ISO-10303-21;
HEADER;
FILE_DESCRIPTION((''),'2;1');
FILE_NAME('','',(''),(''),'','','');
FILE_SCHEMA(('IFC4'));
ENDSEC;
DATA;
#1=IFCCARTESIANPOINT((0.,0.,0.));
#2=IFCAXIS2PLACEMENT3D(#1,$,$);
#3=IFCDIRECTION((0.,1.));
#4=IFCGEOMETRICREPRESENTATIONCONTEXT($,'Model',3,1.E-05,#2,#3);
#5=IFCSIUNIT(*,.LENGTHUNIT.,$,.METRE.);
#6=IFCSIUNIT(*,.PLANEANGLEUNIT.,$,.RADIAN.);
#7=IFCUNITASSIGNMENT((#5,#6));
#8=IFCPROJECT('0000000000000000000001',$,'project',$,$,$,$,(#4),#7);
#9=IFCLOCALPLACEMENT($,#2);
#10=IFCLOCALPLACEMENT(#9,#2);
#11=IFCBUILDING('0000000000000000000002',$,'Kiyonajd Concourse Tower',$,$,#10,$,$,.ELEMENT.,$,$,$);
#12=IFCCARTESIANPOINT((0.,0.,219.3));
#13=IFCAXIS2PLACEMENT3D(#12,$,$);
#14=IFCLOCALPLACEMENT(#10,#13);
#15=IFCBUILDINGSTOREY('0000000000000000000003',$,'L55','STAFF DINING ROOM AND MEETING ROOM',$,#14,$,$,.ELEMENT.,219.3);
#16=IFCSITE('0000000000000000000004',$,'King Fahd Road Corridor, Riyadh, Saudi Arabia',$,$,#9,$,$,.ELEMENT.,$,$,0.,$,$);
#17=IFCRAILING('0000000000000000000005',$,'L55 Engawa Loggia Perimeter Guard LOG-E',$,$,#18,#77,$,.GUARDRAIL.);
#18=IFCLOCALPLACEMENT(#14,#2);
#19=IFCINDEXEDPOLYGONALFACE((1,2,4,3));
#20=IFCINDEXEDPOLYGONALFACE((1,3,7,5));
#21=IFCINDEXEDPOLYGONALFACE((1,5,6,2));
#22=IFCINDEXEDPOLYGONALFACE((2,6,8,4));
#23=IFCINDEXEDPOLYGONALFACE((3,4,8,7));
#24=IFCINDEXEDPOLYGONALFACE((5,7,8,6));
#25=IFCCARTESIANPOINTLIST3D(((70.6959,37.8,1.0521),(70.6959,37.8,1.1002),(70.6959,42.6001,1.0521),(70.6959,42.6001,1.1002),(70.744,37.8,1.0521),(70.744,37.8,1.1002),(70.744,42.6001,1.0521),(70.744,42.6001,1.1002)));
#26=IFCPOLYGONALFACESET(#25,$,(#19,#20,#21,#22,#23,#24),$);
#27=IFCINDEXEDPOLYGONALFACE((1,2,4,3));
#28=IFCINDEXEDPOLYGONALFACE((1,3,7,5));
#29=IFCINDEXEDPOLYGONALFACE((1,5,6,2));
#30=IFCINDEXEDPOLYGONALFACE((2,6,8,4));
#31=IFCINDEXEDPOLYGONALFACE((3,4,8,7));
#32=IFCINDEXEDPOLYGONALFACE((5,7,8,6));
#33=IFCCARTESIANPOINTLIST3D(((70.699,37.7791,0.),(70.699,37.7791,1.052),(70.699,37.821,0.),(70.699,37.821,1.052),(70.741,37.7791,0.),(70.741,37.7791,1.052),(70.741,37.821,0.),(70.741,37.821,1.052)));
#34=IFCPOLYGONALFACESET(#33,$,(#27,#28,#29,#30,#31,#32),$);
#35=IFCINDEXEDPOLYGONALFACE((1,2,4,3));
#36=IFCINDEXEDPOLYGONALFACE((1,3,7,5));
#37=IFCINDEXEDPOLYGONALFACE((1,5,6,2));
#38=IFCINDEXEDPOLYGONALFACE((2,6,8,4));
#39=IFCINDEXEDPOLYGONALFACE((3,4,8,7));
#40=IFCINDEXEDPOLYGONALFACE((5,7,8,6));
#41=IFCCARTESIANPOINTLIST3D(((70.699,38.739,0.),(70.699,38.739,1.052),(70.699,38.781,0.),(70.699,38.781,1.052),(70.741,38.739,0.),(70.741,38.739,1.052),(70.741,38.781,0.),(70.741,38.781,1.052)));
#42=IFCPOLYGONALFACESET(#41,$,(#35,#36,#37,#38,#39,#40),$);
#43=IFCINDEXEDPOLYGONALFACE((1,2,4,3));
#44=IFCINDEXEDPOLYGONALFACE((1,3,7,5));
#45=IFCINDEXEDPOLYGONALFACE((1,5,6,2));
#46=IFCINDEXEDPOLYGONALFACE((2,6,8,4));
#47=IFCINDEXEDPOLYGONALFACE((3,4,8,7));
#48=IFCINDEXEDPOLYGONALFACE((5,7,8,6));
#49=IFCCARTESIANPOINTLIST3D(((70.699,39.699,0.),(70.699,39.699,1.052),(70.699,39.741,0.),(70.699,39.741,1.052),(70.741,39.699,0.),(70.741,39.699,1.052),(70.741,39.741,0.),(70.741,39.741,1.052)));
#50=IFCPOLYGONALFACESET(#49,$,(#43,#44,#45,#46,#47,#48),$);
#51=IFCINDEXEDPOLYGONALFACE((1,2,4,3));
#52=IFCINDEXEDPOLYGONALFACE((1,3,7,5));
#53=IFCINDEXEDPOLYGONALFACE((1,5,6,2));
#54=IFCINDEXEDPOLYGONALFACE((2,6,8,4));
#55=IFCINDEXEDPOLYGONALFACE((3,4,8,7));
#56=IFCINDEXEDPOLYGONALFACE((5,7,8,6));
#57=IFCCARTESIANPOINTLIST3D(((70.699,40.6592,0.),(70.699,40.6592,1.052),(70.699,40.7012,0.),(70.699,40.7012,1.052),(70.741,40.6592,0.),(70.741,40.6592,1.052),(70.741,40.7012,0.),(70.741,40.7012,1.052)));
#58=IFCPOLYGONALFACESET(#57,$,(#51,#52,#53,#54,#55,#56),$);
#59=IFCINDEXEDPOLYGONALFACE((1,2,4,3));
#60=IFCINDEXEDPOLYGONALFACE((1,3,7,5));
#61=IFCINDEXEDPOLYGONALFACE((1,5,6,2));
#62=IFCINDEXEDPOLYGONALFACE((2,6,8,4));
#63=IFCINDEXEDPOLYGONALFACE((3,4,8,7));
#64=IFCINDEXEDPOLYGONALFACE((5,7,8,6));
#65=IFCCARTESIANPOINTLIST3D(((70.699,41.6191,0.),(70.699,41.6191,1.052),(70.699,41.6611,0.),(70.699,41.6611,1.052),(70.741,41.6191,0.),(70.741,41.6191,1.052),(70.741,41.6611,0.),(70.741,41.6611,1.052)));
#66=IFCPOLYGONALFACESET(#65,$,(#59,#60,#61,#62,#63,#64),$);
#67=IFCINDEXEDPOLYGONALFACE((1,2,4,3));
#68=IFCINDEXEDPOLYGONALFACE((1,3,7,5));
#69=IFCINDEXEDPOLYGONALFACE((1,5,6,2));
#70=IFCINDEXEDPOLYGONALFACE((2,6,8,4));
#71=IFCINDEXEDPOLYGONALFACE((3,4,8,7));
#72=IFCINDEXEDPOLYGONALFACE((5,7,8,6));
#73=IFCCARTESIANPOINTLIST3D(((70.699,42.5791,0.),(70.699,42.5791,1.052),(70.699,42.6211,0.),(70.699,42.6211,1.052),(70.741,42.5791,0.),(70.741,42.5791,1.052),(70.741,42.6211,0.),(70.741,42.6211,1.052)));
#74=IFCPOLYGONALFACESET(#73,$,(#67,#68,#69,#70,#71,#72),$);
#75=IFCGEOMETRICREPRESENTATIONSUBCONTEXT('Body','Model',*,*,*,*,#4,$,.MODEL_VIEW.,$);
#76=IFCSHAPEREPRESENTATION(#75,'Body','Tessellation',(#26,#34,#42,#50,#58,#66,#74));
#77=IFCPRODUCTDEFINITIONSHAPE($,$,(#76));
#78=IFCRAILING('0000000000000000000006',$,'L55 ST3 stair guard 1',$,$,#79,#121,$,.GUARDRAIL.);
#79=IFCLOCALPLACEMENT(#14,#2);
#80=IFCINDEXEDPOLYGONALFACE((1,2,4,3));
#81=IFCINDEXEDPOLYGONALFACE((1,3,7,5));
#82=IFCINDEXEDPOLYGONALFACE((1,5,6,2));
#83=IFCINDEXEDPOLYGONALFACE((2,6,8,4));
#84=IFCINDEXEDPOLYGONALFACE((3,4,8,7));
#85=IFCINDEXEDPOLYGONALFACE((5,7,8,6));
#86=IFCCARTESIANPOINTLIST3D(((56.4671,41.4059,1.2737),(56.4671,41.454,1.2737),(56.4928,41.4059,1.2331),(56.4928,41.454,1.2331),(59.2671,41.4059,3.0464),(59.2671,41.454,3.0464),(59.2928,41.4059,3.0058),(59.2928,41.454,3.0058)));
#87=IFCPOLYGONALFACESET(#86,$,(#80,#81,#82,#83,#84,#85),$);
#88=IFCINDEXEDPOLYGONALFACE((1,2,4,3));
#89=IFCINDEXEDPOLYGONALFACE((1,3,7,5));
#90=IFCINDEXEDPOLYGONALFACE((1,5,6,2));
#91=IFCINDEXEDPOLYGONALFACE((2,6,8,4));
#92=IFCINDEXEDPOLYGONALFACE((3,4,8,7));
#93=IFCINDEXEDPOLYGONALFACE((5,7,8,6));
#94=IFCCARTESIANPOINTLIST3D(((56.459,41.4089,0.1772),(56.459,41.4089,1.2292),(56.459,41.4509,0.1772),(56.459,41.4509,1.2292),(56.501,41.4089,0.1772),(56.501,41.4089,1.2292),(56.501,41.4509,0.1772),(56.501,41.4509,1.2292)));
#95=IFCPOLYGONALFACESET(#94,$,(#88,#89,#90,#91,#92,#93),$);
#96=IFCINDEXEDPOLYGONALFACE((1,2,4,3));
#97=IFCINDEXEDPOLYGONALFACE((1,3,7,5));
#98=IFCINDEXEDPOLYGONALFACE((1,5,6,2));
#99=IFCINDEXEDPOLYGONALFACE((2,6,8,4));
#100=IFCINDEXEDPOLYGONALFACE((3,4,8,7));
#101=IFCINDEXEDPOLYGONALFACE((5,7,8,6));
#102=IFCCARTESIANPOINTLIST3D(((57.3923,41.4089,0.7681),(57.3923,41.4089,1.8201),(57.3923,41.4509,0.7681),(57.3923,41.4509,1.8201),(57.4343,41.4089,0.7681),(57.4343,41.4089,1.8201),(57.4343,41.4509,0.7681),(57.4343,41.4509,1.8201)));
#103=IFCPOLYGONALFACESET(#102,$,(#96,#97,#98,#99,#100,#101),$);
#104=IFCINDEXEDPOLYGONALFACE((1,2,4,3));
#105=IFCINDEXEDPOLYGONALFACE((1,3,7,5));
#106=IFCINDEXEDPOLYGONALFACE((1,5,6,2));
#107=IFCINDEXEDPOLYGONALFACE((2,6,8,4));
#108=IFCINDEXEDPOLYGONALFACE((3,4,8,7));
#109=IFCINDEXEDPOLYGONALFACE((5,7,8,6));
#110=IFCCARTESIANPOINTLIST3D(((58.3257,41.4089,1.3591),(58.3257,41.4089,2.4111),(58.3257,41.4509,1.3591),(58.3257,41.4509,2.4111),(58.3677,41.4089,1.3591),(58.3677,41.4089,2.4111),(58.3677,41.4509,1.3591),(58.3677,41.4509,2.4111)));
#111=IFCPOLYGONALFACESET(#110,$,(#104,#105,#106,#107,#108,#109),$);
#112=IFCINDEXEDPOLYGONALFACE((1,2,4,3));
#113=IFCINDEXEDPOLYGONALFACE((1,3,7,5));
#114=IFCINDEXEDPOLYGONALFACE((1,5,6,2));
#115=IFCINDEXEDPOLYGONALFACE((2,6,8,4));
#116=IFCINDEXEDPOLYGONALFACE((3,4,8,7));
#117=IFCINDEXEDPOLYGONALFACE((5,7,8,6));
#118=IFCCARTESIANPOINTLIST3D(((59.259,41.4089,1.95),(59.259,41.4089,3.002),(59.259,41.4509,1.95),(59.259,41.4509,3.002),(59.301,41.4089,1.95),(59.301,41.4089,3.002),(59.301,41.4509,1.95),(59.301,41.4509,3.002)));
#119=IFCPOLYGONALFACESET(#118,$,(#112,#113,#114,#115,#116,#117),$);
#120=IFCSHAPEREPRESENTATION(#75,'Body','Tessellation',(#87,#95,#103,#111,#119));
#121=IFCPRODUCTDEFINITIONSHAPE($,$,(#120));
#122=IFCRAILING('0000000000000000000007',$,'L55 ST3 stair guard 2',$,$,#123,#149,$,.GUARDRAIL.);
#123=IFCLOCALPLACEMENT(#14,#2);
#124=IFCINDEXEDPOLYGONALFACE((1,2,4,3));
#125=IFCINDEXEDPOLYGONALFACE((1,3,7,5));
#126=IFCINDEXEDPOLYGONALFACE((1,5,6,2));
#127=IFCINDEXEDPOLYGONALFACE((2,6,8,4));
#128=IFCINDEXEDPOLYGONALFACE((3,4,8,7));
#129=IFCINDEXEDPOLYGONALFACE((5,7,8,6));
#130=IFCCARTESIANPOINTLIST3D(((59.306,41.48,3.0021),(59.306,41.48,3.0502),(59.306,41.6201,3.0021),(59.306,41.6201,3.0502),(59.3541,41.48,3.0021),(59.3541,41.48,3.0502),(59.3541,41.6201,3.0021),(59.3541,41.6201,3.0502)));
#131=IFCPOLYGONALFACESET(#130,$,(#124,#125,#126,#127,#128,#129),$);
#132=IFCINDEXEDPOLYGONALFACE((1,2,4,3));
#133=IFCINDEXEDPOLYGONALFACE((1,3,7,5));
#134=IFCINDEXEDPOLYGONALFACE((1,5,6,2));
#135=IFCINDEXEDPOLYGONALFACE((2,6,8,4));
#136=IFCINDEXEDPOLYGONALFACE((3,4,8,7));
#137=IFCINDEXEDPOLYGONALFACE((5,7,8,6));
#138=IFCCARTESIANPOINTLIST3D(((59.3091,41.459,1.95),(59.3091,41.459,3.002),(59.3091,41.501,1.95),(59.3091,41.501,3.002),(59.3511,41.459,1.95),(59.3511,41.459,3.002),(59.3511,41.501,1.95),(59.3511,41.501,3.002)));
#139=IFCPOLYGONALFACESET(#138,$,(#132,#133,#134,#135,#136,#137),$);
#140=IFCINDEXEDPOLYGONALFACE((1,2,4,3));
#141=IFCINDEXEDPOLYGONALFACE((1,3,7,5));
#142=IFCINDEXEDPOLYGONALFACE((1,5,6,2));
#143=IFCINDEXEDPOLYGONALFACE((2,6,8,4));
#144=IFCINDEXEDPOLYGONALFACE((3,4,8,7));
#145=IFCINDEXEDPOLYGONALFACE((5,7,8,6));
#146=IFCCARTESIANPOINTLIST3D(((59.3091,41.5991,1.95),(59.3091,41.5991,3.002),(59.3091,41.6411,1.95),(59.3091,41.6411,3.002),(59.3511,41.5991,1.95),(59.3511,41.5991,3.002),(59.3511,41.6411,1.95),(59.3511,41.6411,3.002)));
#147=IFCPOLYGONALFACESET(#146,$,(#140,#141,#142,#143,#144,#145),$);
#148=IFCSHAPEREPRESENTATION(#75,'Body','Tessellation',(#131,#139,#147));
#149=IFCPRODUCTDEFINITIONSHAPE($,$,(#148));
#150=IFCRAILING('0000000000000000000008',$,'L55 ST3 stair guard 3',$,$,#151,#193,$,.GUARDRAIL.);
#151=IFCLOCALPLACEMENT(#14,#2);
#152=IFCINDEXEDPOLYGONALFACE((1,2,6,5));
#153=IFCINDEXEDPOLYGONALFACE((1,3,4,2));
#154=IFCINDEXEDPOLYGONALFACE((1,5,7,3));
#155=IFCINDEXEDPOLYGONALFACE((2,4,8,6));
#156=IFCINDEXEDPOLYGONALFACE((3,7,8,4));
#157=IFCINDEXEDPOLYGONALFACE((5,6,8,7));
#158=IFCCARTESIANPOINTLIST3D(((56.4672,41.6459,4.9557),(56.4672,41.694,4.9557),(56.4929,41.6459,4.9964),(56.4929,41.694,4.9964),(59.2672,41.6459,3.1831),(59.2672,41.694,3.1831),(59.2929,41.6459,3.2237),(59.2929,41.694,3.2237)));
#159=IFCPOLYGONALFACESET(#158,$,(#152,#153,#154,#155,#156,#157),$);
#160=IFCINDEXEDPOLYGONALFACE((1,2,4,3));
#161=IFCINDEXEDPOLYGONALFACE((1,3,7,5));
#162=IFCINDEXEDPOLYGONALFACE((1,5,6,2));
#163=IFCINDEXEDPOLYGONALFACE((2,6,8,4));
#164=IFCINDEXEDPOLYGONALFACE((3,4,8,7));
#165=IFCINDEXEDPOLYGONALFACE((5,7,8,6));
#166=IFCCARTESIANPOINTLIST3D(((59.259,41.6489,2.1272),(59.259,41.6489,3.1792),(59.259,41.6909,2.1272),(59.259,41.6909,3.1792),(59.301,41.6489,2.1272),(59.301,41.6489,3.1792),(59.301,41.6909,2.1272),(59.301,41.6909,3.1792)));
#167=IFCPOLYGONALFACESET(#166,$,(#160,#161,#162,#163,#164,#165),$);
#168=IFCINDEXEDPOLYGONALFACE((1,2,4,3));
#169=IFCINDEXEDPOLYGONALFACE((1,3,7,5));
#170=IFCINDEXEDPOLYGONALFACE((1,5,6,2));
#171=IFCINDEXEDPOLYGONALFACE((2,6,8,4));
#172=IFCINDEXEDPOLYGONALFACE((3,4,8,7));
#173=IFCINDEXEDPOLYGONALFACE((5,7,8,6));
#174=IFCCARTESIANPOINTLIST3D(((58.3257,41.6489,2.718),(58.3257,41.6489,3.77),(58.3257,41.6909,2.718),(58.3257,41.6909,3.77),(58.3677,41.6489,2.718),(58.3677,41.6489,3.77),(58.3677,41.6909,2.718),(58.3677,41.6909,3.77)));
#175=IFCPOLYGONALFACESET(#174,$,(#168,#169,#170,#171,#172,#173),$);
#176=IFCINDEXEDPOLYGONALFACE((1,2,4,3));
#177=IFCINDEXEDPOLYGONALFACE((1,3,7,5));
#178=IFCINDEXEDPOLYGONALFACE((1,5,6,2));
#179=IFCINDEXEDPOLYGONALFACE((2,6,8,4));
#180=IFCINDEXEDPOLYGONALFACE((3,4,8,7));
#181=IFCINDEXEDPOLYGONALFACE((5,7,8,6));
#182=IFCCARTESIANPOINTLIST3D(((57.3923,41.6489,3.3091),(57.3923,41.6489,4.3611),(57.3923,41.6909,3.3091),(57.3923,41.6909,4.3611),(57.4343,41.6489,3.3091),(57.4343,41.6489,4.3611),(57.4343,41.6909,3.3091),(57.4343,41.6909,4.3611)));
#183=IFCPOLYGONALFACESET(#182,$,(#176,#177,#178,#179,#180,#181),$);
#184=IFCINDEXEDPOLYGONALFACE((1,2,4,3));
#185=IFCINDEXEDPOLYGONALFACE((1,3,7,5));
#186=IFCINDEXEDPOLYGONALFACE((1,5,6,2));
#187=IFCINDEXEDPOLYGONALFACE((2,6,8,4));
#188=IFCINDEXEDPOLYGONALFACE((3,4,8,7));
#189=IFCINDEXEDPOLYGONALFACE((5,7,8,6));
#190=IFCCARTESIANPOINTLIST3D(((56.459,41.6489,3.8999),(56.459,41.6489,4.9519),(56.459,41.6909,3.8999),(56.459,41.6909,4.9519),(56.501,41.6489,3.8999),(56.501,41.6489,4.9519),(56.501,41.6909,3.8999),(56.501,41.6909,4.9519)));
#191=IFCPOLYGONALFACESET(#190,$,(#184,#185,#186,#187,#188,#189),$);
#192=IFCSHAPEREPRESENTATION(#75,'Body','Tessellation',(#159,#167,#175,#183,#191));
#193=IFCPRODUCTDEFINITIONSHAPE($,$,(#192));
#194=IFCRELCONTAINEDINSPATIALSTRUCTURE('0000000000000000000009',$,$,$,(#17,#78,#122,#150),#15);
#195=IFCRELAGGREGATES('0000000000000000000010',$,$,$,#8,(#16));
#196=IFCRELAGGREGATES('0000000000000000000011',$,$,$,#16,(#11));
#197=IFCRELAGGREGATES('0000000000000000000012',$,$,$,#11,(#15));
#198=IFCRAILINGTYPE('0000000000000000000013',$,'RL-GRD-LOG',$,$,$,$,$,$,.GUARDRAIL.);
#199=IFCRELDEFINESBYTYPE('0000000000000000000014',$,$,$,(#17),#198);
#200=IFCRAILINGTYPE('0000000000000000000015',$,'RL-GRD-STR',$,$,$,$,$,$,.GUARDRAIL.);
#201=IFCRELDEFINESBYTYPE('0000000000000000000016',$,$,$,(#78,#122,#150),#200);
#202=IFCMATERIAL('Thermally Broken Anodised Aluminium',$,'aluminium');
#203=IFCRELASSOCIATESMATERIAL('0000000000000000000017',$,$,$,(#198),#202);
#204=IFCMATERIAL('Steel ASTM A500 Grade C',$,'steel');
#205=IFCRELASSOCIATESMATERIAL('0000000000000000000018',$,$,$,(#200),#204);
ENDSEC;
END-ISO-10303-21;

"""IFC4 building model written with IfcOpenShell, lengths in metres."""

from ifc_helpers import new_model, si_unit, direction, frame, origin, origin_2d, place, context, subcontext, project, spatial, rectangle, extrude, material, type_object, element, save


model = new_model("IFC4")

# Units and contexts
model_context = context("Model", 3, precision=1e-05, world=origin(), true_north=direction((0.0, 1.0)))
body_context = subcontext(model_context, "Body", "Model", "MODEL_VIEW")
ifc_project = project(units=[si_unit("LENGTHUNIT", "METRE"), si_unit("PLANEANGLEUNIT", "RADIAN")], contexts=[model_context])

# Site, building, storey
site_placement = place(None, origin())
site = spatial("IfcSite", under=ifc_project, at=site_placement, Name="King Fahd Road Corridor, Riyadh, Saudi Arabia", CompositionType="ELEMENT", RefElevation=0.0)
building_placement = place(site_placement, origin())
building = spatial("IfcBuilding", under=site, at=building_placement, Name="Kiyonajd Concourse Tower", CompositionType="ELEMENT")
storey_placement = place(building_placement, frame((0.0, 0.0, 219.3)))
storey = spatial("IfcBuildingStorey", under=building, at=storey_placement, Name="L55", Description="STAFF DINING ROOM AND MEETING ROOM", CompositionType="ELEMENT", Elevation=219.3)

# Shared definitions
ifc_material_1 = material(Name="Thermally Broken Anodised Aluminium", Category="aluminium")

# Railings
railing_type_1 = type_object("IfcRailingType", Name="RL-GRD-LOG", PredefinedType="GUARDRAIL", material=ifc_material_1)
railing_1_placement = place(storey_placement, frame((70.72, 37.8, 0.0)))
element("IfcRailing", 1, at=railing_1_placement, inside=storey, type_object=railing_type_1, Name="L55 Engawa Loggia Perimeter Guard LOG-E", PredefinedType="GUARDRAIL", context=body_context, shape_type="SweptSolid", body=[
    extrude(rectangle(XDim=0.0481, YDim=0.0481, at=origin_2d()), frame((0.0, 0.0, 1.0762), z_axis=(0.0, 1.0, 0.0), x_axis=(-1.0, 0.0, 0.0)), (0.0, 0.0, 1.0), 4.8),
    extrude(rectangle(XDim=0.042, YDim=0.042, at=origin_2d()), origin(), (0.0, 0.0, 1.0), 1.052),
    extrude(rectangle(XDim=0.042, YDim=0.042, at=origin_2d()), frame((0.0, 0.96, 0.0)), (0.0, 0.0, 1.0), 1.052),
    extrude(rectangle(XDim=0.042, YDim=0.042, at=origin_2d()), frame((0.0, 1.9199, 0.0)), (0.0, 0.0, 1.0), 1.052),
    extrude(rectangle(XDim=0.042, YDim=0.042, at=origin_2d()), frame((0.0, 2.8801, 0.0)), (0.0, 0.0, 1.0), 1.052),
    extrude(rectangle(XDim=0.042, YDim=0.042, at=origin_2d()), frame((0.0, 3.8401, 0.0)), (0.0, 0.0, 1.0), 1.052),
    extrude(rectangle(XDim=0.042, YDim=0.042, at=origin_2d()), frame((0.0, 4.8, 0.0)), (0.0, 0.0, 1.0), 1.052),
])
ifc_material_2 = material(Name="Steel ASTM A500 Grade C", Category="steel")
railing_type_2 = type_object("IfcRailingType", Name="RL-GRD-STR", PredefinedType="GUARDRAIL", material=ifc_material_2)
railing_2_placement = place(storey_placement, frame((56.48, 41.4299, 0.1772)))
element("IfcRailing", 2, at=railing_2_placement, inside=storey, type_object=railing_type_2, Name="L55 ST3 stair guard 1", PredefinedType="GUARDRAIL", context=body_context, shape_type="SweptSolid", body=[
    extrude(rectangle(XDim=0.0481, YDim=0.0481, at=origin_2d()), frame((0.0, 0.0, 1.0762), z_axis=(0.844909, 0.0, 0.53491), x_axis=(0.0, 1.0, 0.0)), (0.0, 0.0, 1.0), 3.314),
    extrude(rectangle(XDim=0.042, YDim=0.042, at=origin_2d()), origin(), (0.0, 0.0, 1.0), 1.052),
    extrude(rectangle(XDim=0.042, YDim=0.042, at=origin_2d()), frame((0.9333, 0.0, 0.5908)), (0.0, 0.0, 1.0), 1.052),
    extrude(rectangle(XDim=0.042, YDim=0.042, at=origin_2d()), frame((1.8667, 0.0, 1.1819)), (0.0, 0.0, 1.0), 1.052),
    extrude(rectangle(XDim=0.042, YDim=0.042, at=origin_2d()), frame((2.8, 0.0, 1.7727)), (0.0, 0.0, 1.0), 1.052),
])
railing_3_placement = place(storey_placement, frame((59.3301, 41.48, 1.95)))
element("IfcRailing", 3, at=railing_3_placement, inside=storey, type_object=railing_type_2, Name="L55 ST3 stair guard 2", PredefinedType="GUARDRAIL", context=body_context, shape_type="SweptSolid", body=[
    extrude(rectangle(XDim=0.0481, YDim=0.0481, at=origin_2d()), frame((0.0, 0.0, 1.0762), z_axis=(0.0, 1.0, 0.0), x_axis=(-1.0, 0.0, 0.0)), (0.0, 0.0, 1.0), 0.1401),
    extrude(rectangle(XDim=0.042, YDim=0.042, at=origin_2d()), origin(), (0.0, 0.0, 1.0), 1.052),
    extrude(rectangle(XDim=0.042, YDim=0.042, at=origin_2d()), frame((0.0, 0.1401, 0.0)), (0.0, 0.0, 1.0), 1.052),
])
railing_4_placement = place(storey_placement, frame((59.28, 41.6699, 2.1272)))
element("IfcRailing", 4, at=railing_4_placement, inside=storey, type_object=railing_type_2, Name="L55 ST3 stair guard 3", PredefinedType="GUARDRAIL", context=body_context, shape_type="SweptSolid", body=[
    extrude(rectangle(XDim=0.0481, YDim=0.0481, at=origin_2d()), frame((0.0, 0.0, 1.0762), z_axis=(-0.844909, 0.0, 0.53491), x_axis=(0.0, -1.0, 0.0)), (0.0, 0.0, 1.0), 3.314),
    extrude(rectangle(XDim=0.042, YDim=0.042, at=origin_2d()), origin(), (0.0, 0.0, 1.0), 1.052),
    extrude(rectangle(XDim=0.042, YDim=0.042, at=origin_2d()), frame((-0.9333, 0.0, 0.5908)), (0.0, 0.0, 1.0), 1.052),
    extrude(rectangle(XDim=0.042, YDim=0.042, at=origin_2d()), frame((-1.8667, 0.0, 1.1819)), (0.0, 0.0, 1.0), 1.052),
    extrude(rectangle(XDim=0.042, YDim=0.042, at=origin_2d()), frame((-2.8, 0.0, 1.7727)), (0.0, 0.0, 1.0), 1.052),
])

save(model, "model.ifc")
